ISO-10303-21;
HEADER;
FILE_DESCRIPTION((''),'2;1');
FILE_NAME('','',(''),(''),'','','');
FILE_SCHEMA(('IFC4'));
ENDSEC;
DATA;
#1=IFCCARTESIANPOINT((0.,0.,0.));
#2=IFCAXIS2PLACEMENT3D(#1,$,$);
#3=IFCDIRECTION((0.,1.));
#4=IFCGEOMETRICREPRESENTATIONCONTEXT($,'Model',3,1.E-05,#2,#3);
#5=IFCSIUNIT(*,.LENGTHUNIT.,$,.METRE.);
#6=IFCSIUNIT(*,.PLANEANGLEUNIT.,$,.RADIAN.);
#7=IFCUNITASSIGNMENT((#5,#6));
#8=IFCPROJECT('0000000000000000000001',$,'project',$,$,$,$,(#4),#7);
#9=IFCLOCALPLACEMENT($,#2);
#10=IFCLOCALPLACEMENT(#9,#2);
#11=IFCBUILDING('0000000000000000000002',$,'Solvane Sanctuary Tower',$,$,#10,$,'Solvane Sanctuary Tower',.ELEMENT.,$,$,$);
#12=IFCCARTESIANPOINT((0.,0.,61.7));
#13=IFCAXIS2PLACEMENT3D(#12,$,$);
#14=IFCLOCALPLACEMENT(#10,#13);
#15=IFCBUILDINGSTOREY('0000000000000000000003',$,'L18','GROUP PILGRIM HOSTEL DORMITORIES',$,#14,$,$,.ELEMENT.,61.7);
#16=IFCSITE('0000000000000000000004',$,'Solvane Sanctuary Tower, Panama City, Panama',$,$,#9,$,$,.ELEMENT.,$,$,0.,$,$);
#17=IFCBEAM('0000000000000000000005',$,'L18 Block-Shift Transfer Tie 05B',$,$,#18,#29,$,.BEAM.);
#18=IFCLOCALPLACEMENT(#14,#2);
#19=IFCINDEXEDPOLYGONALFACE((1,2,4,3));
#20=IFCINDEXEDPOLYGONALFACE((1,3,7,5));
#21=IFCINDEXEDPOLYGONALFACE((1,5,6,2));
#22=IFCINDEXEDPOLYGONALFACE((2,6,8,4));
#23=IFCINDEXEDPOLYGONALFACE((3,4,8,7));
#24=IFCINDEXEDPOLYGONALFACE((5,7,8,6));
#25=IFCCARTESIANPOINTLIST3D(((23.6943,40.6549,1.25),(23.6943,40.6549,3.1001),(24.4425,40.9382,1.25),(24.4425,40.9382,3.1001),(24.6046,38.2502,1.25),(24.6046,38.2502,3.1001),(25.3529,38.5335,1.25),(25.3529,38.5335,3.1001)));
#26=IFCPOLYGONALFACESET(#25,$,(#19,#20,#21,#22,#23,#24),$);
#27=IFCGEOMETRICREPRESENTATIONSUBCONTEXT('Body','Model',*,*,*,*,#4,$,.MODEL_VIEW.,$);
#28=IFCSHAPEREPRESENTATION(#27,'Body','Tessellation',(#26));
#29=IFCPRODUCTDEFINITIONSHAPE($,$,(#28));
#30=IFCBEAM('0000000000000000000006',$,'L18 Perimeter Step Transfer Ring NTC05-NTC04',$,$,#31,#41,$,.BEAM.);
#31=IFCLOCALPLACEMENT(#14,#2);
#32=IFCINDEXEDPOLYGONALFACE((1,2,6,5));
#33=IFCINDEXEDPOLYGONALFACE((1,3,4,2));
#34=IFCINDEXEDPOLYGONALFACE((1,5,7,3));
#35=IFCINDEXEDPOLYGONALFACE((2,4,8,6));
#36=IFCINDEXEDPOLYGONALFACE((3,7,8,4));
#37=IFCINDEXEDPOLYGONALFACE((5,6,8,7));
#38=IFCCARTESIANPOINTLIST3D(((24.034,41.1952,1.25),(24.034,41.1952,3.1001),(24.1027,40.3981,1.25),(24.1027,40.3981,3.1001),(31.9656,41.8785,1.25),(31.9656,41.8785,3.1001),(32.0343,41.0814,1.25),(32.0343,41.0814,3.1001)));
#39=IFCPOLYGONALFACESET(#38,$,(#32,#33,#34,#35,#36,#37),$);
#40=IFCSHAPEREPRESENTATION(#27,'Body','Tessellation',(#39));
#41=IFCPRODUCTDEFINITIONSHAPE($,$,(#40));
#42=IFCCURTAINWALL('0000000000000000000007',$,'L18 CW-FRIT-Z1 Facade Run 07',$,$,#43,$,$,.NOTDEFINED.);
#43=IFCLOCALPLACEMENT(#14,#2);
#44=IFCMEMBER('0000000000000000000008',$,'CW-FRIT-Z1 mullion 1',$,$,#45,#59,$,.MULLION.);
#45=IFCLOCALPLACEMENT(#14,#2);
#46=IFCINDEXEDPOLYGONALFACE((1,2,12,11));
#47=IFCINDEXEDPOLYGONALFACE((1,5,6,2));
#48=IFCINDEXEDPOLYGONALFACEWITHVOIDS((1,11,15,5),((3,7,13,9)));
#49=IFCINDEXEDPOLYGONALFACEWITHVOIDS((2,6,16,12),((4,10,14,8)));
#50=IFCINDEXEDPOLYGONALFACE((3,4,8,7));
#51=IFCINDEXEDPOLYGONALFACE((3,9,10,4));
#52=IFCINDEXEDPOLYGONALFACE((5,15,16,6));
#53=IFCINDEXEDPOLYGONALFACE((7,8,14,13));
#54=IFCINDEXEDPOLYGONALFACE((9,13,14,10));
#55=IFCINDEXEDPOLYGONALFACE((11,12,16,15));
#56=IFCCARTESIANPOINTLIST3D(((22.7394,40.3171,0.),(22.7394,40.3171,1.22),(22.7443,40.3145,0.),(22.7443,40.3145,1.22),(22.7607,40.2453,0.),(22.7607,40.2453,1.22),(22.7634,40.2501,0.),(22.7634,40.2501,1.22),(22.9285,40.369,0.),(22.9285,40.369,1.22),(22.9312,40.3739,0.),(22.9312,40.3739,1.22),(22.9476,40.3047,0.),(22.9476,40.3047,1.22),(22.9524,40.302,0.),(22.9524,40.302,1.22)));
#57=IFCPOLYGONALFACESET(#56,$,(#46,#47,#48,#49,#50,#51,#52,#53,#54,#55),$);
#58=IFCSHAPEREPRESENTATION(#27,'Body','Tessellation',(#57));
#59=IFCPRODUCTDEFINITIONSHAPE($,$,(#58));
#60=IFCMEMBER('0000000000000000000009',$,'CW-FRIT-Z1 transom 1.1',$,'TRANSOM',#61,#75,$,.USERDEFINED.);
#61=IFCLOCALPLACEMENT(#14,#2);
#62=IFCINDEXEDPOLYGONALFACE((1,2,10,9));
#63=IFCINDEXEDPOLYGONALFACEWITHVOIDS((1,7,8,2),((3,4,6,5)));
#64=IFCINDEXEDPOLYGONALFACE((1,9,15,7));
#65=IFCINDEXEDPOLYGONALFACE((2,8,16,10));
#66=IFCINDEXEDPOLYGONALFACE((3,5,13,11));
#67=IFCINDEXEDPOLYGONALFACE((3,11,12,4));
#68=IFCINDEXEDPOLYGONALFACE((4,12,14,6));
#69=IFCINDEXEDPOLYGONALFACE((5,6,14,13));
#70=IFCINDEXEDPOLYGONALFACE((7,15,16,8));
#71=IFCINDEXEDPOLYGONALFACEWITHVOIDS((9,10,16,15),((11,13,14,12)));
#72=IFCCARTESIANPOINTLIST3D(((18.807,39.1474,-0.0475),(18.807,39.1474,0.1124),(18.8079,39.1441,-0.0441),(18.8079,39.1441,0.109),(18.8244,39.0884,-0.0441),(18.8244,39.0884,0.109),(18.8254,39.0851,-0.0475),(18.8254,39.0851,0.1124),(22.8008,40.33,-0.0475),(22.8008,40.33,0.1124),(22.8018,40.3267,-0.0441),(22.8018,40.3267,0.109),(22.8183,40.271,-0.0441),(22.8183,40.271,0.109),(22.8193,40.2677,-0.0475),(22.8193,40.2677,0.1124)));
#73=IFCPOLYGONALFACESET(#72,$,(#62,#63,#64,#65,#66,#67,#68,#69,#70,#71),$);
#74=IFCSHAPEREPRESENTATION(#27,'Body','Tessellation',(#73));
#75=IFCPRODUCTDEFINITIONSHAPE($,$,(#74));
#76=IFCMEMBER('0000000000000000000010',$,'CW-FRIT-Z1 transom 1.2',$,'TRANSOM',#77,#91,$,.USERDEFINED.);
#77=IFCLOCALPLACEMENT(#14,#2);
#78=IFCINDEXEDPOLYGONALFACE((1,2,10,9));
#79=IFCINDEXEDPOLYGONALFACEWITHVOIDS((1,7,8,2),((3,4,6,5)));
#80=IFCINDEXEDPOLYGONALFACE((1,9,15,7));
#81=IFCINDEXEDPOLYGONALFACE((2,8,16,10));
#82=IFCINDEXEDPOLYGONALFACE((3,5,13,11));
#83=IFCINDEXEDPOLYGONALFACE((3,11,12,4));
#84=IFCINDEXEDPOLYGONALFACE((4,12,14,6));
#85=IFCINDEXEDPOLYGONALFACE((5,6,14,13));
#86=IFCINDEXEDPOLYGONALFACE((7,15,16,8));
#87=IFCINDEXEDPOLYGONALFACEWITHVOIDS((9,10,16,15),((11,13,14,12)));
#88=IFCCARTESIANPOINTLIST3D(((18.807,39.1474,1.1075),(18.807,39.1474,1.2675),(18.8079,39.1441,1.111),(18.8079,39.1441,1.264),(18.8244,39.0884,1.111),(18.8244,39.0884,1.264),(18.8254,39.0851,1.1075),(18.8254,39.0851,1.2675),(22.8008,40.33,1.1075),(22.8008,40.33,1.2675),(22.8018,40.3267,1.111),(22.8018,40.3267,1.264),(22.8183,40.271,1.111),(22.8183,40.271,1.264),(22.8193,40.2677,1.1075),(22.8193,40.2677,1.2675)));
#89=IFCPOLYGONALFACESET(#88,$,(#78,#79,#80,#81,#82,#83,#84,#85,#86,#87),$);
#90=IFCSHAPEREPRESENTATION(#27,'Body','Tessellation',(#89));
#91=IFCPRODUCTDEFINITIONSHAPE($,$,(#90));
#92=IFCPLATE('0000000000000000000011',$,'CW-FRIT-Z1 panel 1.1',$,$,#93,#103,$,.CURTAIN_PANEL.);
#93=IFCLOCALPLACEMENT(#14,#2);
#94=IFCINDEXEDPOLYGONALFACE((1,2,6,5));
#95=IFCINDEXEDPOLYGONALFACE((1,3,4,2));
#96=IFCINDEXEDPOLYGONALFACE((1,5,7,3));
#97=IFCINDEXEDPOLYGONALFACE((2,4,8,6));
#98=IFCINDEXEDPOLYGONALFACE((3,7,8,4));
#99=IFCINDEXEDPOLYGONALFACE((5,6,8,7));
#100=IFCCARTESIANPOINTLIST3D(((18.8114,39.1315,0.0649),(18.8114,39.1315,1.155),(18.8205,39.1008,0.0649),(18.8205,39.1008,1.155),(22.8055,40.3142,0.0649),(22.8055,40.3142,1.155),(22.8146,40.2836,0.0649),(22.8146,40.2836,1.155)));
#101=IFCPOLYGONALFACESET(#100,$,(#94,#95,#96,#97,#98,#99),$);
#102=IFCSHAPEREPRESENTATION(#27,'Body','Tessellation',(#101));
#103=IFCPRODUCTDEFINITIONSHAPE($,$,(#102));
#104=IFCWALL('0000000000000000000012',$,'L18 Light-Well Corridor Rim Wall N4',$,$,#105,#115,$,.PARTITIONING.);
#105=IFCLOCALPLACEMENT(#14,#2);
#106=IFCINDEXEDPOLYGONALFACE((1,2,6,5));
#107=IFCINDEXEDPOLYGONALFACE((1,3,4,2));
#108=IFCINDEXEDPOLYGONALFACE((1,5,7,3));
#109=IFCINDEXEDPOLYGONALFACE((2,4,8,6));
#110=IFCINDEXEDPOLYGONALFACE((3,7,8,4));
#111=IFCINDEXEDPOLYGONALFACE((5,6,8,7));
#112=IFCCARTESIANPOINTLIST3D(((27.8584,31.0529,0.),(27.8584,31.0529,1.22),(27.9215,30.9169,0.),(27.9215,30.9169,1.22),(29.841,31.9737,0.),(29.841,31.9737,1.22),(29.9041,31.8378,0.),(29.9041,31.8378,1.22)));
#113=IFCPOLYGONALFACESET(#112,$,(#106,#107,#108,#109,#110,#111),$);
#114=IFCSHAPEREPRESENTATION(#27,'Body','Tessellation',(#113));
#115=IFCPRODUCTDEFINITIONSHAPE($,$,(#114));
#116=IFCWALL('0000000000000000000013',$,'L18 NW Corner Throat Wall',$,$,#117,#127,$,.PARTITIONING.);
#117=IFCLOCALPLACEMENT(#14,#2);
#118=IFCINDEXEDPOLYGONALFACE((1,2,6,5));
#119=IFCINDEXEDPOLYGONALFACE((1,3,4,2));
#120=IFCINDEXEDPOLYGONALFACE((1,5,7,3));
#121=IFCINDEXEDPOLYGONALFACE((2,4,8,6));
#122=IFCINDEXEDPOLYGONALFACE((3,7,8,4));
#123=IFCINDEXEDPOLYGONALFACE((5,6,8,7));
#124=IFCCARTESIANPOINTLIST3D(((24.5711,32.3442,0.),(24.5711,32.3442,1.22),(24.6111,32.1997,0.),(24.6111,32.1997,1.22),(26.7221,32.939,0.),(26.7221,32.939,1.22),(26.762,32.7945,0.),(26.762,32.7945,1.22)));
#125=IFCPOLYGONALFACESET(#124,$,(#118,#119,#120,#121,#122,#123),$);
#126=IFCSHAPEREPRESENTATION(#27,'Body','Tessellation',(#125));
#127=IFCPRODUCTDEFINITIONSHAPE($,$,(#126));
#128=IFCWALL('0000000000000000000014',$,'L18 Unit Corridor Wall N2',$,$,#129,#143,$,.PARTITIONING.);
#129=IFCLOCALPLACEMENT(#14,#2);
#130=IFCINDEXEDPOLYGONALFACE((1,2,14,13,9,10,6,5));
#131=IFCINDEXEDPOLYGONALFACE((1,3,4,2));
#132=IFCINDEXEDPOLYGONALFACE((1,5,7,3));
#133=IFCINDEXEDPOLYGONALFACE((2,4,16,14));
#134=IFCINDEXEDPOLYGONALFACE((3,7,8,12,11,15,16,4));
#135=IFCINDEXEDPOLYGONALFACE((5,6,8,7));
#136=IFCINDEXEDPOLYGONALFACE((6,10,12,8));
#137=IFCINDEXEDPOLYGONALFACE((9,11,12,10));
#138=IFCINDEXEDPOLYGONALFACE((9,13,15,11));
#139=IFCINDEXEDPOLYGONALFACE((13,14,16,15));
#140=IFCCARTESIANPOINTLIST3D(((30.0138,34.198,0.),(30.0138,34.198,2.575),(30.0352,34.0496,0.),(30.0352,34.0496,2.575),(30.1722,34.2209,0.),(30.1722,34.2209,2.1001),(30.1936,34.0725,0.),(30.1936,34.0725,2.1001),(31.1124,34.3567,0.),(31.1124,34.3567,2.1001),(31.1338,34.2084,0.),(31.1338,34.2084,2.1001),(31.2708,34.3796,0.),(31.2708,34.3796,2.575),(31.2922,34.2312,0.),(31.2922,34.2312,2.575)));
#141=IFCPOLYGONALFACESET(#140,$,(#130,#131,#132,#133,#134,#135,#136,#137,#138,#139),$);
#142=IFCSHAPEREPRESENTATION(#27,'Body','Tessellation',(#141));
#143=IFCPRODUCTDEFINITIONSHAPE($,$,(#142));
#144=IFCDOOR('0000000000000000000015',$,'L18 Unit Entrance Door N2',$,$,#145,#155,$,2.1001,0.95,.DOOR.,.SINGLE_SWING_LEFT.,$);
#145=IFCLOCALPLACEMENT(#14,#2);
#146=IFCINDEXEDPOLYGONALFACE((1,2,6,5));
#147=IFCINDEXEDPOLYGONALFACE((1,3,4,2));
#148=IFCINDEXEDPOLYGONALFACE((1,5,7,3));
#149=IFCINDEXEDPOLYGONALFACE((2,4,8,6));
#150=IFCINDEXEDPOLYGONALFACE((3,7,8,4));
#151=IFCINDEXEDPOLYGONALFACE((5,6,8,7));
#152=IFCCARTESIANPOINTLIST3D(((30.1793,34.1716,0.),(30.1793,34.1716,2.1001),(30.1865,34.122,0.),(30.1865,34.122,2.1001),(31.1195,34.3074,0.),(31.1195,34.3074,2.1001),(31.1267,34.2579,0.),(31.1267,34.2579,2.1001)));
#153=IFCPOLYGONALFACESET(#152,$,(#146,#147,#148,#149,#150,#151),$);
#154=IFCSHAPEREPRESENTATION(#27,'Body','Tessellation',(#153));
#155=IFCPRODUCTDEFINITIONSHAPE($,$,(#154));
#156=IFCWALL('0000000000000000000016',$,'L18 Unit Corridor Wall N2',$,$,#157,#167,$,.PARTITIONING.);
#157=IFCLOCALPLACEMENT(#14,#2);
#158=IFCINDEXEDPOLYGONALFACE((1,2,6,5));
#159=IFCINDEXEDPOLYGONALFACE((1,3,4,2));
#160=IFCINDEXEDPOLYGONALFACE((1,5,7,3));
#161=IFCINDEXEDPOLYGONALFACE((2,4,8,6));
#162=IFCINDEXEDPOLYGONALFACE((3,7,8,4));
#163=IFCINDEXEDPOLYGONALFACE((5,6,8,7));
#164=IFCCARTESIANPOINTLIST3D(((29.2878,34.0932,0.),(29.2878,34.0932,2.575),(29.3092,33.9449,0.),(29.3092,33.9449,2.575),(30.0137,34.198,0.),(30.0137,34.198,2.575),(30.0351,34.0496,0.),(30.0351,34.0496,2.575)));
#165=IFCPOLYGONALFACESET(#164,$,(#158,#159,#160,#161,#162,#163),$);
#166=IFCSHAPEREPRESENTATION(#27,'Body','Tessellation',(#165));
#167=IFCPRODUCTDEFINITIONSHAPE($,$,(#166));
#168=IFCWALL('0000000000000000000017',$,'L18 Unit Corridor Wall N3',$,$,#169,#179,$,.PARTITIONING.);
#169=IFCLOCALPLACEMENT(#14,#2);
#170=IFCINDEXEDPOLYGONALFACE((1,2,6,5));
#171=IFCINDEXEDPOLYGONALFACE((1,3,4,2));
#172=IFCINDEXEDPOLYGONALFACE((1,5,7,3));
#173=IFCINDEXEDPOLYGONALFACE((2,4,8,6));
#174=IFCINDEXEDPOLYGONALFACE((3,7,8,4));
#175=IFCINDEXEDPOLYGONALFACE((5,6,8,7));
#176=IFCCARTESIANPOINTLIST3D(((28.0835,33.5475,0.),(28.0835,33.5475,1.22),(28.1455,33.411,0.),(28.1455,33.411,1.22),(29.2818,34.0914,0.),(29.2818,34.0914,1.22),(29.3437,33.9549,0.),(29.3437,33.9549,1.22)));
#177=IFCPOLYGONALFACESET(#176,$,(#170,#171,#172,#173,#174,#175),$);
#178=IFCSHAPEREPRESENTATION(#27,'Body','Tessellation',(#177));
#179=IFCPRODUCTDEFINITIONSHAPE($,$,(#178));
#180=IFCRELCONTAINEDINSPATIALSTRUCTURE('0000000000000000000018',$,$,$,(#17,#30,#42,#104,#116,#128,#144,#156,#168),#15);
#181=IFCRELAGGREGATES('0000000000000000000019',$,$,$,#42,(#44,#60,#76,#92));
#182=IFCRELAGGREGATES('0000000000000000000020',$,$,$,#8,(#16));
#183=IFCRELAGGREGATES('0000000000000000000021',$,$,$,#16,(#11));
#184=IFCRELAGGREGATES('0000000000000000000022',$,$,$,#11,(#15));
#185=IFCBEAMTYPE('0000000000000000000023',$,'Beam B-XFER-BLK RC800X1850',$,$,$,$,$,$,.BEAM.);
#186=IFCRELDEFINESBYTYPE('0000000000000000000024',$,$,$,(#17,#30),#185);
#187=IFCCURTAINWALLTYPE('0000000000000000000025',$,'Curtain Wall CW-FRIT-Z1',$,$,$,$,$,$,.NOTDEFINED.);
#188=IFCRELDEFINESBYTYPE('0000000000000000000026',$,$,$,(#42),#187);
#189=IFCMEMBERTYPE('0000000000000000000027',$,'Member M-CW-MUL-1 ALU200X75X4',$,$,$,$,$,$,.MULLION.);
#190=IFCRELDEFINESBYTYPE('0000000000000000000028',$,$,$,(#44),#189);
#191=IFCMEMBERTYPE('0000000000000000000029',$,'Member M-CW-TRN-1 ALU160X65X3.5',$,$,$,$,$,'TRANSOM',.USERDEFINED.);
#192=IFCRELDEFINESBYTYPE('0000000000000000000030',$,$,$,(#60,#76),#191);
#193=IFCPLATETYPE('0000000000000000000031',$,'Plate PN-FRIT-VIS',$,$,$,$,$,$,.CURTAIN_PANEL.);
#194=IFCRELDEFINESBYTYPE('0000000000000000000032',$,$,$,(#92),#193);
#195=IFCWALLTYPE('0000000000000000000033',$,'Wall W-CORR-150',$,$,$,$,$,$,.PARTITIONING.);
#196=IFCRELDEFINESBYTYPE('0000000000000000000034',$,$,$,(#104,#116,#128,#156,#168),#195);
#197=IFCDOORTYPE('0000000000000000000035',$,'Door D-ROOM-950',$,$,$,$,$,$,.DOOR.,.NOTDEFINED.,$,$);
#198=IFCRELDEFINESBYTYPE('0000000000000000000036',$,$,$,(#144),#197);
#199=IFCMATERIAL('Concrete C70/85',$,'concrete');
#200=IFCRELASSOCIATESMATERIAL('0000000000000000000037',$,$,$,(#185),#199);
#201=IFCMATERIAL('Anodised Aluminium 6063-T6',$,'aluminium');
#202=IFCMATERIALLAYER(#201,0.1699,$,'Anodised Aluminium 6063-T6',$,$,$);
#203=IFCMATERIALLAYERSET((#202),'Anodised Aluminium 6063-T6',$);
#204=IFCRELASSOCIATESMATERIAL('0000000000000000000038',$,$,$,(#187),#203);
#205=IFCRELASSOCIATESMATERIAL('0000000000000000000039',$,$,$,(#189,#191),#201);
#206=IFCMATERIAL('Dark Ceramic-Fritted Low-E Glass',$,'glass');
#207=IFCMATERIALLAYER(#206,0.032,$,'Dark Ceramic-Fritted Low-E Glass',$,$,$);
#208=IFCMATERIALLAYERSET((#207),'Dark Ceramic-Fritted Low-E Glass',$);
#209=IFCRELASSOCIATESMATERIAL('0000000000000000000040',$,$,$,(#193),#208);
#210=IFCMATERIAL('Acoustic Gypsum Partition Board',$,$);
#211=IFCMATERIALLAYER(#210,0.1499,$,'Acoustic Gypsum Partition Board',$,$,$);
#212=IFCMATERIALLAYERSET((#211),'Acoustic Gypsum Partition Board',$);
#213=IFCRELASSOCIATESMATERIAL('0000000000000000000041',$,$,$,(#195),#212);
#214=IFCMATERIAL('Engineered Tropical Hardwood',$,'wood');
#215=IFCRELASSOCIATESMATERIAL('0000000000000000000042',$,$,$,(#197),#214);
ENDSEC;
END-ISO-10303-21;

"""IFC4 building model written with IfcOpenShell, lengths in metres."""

from ifc_helpers import new_model, si_unit, direction, frame, frame_2d, origin, origin_2d, place, context, subcontext, project, spatial, rectangle, hollow_rectangle, extrude, material, layer, layer_set, material_profile, profile_set, type_object, element, fill, aggregate, save


model = new_model("IFC4")

# Units and contexts
model_context = context("Model", 3, precision=1e-05, world=origin(), true_north=direction((0.0, 1.0)))
body_context = subcontext(model_context, "Body", "Model", "MODEL_VIEW")
ifc_project = project(units=[si_unit("LENGTHUNIT", "METRE"), si_unit("PLANEANGLEUNIT", "RADIAN")], contexts=[model_context])

# Site, building, storey
site_placement = place(None, origin())
site = spatial("IfcSite", under=ifc_project, at=site_placement, Name="Solvane Sanctuary Tower, Panama City, Panama", CompositionType="ELEMENT", RefElevation=0.0)
building_placement = place(site_placement, origin())
building = spatial("IfcBuilding", under=site, at=building_placement, Name="Solvane Sanctuary Tower", LongName="Solvane Sanctuary Tower", CompositionType="ELEMENT")
storey_placement = place(building_placement, frame((0.0, 0.0, 61.7)))
storey = spatial("IfcBuildingStorey", under=building, at=storey_placement, Name="L18", Description="GROUP PILGRIM HOSTEL DORMITORIES", CompositionType="ELEMENT", Elevation=61.7)

# Shared definitions
ifc_material_1 = material(Name="Concrete C70/85", Category="concrete")

# Beams
ifc_material_profile_1 = material_profile(ifc_material_1, rectangle(XDim=0.8, YDim=1.8501, at=origin_2d()), Name="RC800X1850")
ifc_profile_set_1 = profile_set([ifc_material_profile_1], Name="Concrete C70/85")
beam_type_1 = type_object("IfcBeamType", Name="Beam B-XFER-BLK RC800X1850", PredefinedType="BEAM", material=ifc_profile_set_1)
beam_1_placement = place(storey_placement, frame((24.9788, 38.3918, 2.175), z_axis=(-0.354056, 0.935224, 0.0), x_axis=(-0.935224, -0.354056, 0.0)))
element("IfcBeam", 1, at=beam_1_placement, inside=storey, type_object=beam_type_1, Name="L18 Block-Shift Transfer Tie 05B", PredefinedType="BEAM", context=body_context, shape_type="SweptSolid", body=[
    extrude(rectangle(XDim=0.8, YDim=1.8501, at=origin_2d()), origin(), (0.0, 0.0, 1.0), 2.5713),
])
beam_2_placement = place(storey_placement, frame((24.0684, 40.7966, 2.175), z_axis=(0.996309, 0.085837, 0.0), x_axis=(-0.085837, 0.996309, 0.0)))
element("IfcBeam", 2, at=beam_2_placement, inside=storey, type_object=beam_type_1, Name="L18 Perimeter Step Transfer Ring NTC05-NTC04", PredefinedType="BEAM", context=body_context, shape_type="SweptSolid", body=[
    extrude(rectangle(XDim=0.8, YDim=1.8501, at=origin_2d()), origin(), (0.0, 0.0, 1.0), 7.9609),
])

# Curtain wall, members, plate
ifc_material_2 = material(Name="Anodised Aluminium 6063-T6", Category="aluminium")
ifc_layer_1 = layer(ifc_material_2, 0.1699, Name="Anodised Aluminium 6063-T6")
ifc_layer_set_1 = layer_set([ifc_layer_1], Name="Anodised Aluminium 6063-T6")
curtain_wall_type = type_object("IfcCurtainWallType", Name="Curtain Wall CW-FRIT-Z1", PredefinedType="NOTDEFINED", material=ifc_layer_set_1)
curtain_wall_placement = place(storey_placement, origin())
curtain_wall = element("IfcCurtainWall", 3, at=curtain_wall_placement, inside=storey, type_object=curtain_wall_type, Name="L18 CW-FRIT-Z1 Facade Run 07", PredefinedType="NOTDEFINED")
ifc_material_profile_2 = material_profile(ifc_material_2, hollow_rectangle(XDim=0.075, YDim=0.2, WallThickness=0.0039, at=origin_2d()), Name="ALU200X75X4")
ifc_profile_set_2 = profile_set([ifc_material_profile_2], Name="Anodised Aluminium 6063-T6")
member_type_1 = type_object("IfcMemberType", Name="Member M-CW-MUL-1 ALU200X75X4", PredefinedType="MULLION", material=ifc_profile_set_2)
member_1_placement = place(storey_placement, frame((22.8459, 40.3096, 0.0), z_axis=(0.0, 0.0, 1.0), x_axis=(0.283936, -0.958843, 0.0)))
member_1 = element("IfcMember", 4, at=member_1_placement, type_object=member_type_1, Name="CW-FRIT-Z1 mullion 1", PredefinedType="MULLION", context=body_context, shape_type="SweptSolid", body=[
    extrude(hollow_rectangle(XDim=0.075, YDim=0.2, WallThickness=0.0039, at=origin_2d()), origin(), (0.0, 0.0, 1.0), 1.22),
])
ifc_material_profile_3 = material_profile(ifc_material_2, hollow_rectangle(XDim=0.0649, YDim=0.1599, WallThickness=0.0034, at=origin_2d()), Name="ALU160X65X3.5")
ifc_profile_set_3 = profile_set([ifc_material_profile_3], Name="Anodised Aluminium 6063-T6")
member_type_2 = type_object("IfcMemberType", Name="Member M-CW-TRN-1 ALU160X65X3.5", ElementType="TRANSOM", PredefinedType="USERDEFINED", material=ifc_profile_set_3)
member_2_placement = place(storey_placement, frame((22.8101, 40.2988, 0.0325), z_axis=(-0.958848, -0.283921, 0.0), x_axis=(0.283921, -0.958848, 0.0)))
member_2 = element("IfcMember", 5, at=member_2_placement, type_object=member_type_2, Name="CW-FRIT-Z1 transom 1.1", ObjectType="TRANSOM", PredefinedType="USERDEFINED", context=body_context, shape_type="SweptSolid", body=[
    extrude(hollow_rectangle(XDim=0.0649, YDim=0.1599, WallThickness=0.0034, at=origin_2d()), origin(), (0.0, 0.0, 1.0), 4.1653),
])
member_3_placement = place(storey_placement, frame((22.8101, 40.2988, 1.1875), z_axis=(-0.958848, -0.283921, 0.0), x_axis=(0.283921, -0.958848, 0.0)))
member_3 = element("IfcMember", 6, at=member_3_placement, type_object=member_type_2, Name="CW-FRIT-Z1 transom 1.2", ObjectType="TRANSOM", PredefinedType="USERDEFINED", context=body_context, shape_type="SweptSolid", body=[
    extrude(hollow_rectangle(XDim=0.0649, YDim=0.1599, WallThickness=0.0034, at=origin_2d()), origin(), (0.0, 0.0, 1.0), 4.1653),
])
ifc_material_3 = material(Name="Dark Ceramic-Fritted Low-E Glass", Category="glass")
ifc_layer_2 = layer(ifc_material_3, 0.032, Name="Dark Ceramic-Fritted Low-E Glass")
ifc_layer_set_2 = layer_set([ifc_layer_2], Name="Dark Ceramic-Fritted Low-E Glass")
plate_type = type_object("IfcPlateType", Name="Plate PN-FRIT-VIS", PredefinedType="CURTAIN_PANEL", material=ifc_layer_set_2)
plate_placement = place(storey_placement, frame((20.813, 39.7075, 0.0649), z_axis=(0.0, 0.0, 1.0), x_axis=(-0.958843, -0.283936, 0.0)))
plate = element("IfcPlate", 7, at=plate_placement, type_object=plate_type, Name="CW-FRIT-Z1 panel 1.1", PredefinedType="CURTAIN_PANEL", context=body_context, shape_type="SweptSolid", body=[
    extrude(rectangle(XDim=4.1655, YDim=0.032, at=origin_2d()), origin(), (0.0, 0.0, 1.0), 1.0901),
])
aggregate(curtain_wall, [member_1, member_2, member_3, plate])

# Walls
ifc_material_4 = material(Name="Acoustic Gypsum Partition Board")
ifc_layer_3 = layer(ifc_material_4, 0.1499, Name="Acoustic Gypsum Partition Board")
ifc_layer_set_3 = layer_set([ifc_layer_3], Name="Acoustic Gypsum Partition Board")
wall_type_1 = type_object("IfcWallType", Name="Wall W-CORR-150", PredefinedType="PARTITIONING", material=ifc_layer_set_3)
wall_1_placement = place(storey_placement, frame((29.8726, 31.9058, 0.0), z_axis=(0.0, 0.0, 1.0), x_axis=(-0.906943, -0.421252, 0.0)))
element("IfcWall", 8, at=wall_1_placement, inside=storey, type_object=wall_type_1, Name="L18 Light-Well Corridor Rim Wall N4", PredefinedType="PARTITIONING", context=body_context, shape_type="SweptSolid", body=[
    extrude(rectangle(XDim=2.186, YDim=0.1499, at=frame_2d((1.093, 0.0))), origin(), (0.0, 0.0, 1.0), 1.22),
])
wall_2_placement = place(storey_placement, frame((26.7419, 32.8667, 0.0), z_axis=(0.0, 0.0, 1.0), x_axis=(-0.963834, -0.266504, 0.0)))
element("IfcWall", 9, at=wall_2_placement, inside=storey, type_object=wall_type_1, Name="L18 NW Corner Throat Wall", PredefinedType="PARTITIONING", context=body_context, shape_type="SweptSolid", body=[
    extrude(rectangle(XDim=2.2317, YDim=0.1499, at=frame_2d((1.1157, 0.0))), origin(), (0.0, 0.0, 1.0), 1.22),
])

# Wall, opening, door
wall_3_placement = place(storey_placement, frame((31.2815, 34.3054, 0.0), z_axis=(0.0, 0.0, 1.0), x_axis=(-0.989721, -0.143009, 0.0)))
wall_3 = element("IfcWall", 10, at=wall_3_placement, inside=storey, type_object=wall_type_1, Name="L18 Unit Corridor Wall N2", PredefinedType="PARTITIONING", context=body_context, shape_type="SweptSolid", body=[
    extrude(rectangle(XDim=1.27, YDim=0.1499, at=frame_2d((0.635, 0.0))), origin(), (0.0, 0.0, 1.0), 2.575),
])
opening_1_placement = place(wall_3_placement, frame((0.1599, 0.0, 0.0)))
opening_1 = element("IfcOpeningElement", 11, at=opening_1_placement, cuts=wall_3, PredefinedType="OPENING", context=body_context, shape_type="SweptSolid", body=[
    extrude(rectangle(XDim=0.95, YDim=2.1001, at=frame_2d((0.4751, 1.05))), frame((0.0, 0.085, 0.0), z_axis=(0.0, -1.0, 0.0), x_axis=(1.0, 0.0, 0.0)), (0.0, 0.0, 1.0), 0.1699),
])
ifc_material_5 = material(Name="Engineered Tropical Hardwood", Category="wood")
door_type = type_object("IfcDoorType", Name="Door D-ROOM-950", OperationType="NOTDEFINED", PredefinedType="DOOR", material=ifc_material_5)
door_1_placement = place(opening_1_placement, origin())
door_1 = element("IfcDoor", 12, at=door_1_placement, inside=storey, type_object=door_type, Name="L18 Unit Entrance Door N2", OperationType="SINGLE_SWING_LEFT", OverallHeight=2.1001, OverallWidth=0.95, PredefinedType="DOOR", context=body_context, shape_type="SweptSolid", body=[
    extrude(rectangle(XDim=0.95, YDim=2.1001, at=frame_2d((0.4751, 1.05))), frame((0.0, 0.0249, 0.0), z_axis=(0.0, -1.0, 0.0), x_axis=(1.0, 0.0, 0.0)), (0.0, 0.0, 1.0), 0.05),
])
fill(opening_1, door_1)

# Walls
wall_4_placement = place(storey_placement, frame((30.0244, 34.1238, 0.0), z_axis=(0.0, 0.0, 1.0), x_axis=(-0.989749, -0.142819, 0.0)))
element("IfcWall", 13, at=wall_4_placement, inside=storey, type_object=wall_type_1, Name="L18 Unit Corridor Wall N2", PredefinedType="PARTITIONING", context=body_context, shape_type="SweptSolid", body=[
    extrude(rectangle(XDim=0.7334, YDim=0.1499, at=frame_2d((0.3667, 0.0))), origin(), (0.0, 0.0, 1.0), 2.575),
])
wall_5_placement = place(storey_placement, frame((29.3127, 34.0232, 0.0), z_axis=(0.0, 0.0, 1.0), x_axis=(-0.91057, -0.413356, 0.0)))
element("IfcWall", 14, at=wall_5_placement, inside=storey, type_object=wall_type_1, Name="L18 Unit Corridor Wall N3", PredefinedType="PARTITIONING", context=body_context, shape_type="SweptSolid", body=[
    extrude(rectangle(XDim=1.3159, YDim=0.1499, at=frame_2d((0.658, 0.0))), origin(), (0.0, 0.0, 1.0), 1.22),
])

save(model, "model.ifc")
